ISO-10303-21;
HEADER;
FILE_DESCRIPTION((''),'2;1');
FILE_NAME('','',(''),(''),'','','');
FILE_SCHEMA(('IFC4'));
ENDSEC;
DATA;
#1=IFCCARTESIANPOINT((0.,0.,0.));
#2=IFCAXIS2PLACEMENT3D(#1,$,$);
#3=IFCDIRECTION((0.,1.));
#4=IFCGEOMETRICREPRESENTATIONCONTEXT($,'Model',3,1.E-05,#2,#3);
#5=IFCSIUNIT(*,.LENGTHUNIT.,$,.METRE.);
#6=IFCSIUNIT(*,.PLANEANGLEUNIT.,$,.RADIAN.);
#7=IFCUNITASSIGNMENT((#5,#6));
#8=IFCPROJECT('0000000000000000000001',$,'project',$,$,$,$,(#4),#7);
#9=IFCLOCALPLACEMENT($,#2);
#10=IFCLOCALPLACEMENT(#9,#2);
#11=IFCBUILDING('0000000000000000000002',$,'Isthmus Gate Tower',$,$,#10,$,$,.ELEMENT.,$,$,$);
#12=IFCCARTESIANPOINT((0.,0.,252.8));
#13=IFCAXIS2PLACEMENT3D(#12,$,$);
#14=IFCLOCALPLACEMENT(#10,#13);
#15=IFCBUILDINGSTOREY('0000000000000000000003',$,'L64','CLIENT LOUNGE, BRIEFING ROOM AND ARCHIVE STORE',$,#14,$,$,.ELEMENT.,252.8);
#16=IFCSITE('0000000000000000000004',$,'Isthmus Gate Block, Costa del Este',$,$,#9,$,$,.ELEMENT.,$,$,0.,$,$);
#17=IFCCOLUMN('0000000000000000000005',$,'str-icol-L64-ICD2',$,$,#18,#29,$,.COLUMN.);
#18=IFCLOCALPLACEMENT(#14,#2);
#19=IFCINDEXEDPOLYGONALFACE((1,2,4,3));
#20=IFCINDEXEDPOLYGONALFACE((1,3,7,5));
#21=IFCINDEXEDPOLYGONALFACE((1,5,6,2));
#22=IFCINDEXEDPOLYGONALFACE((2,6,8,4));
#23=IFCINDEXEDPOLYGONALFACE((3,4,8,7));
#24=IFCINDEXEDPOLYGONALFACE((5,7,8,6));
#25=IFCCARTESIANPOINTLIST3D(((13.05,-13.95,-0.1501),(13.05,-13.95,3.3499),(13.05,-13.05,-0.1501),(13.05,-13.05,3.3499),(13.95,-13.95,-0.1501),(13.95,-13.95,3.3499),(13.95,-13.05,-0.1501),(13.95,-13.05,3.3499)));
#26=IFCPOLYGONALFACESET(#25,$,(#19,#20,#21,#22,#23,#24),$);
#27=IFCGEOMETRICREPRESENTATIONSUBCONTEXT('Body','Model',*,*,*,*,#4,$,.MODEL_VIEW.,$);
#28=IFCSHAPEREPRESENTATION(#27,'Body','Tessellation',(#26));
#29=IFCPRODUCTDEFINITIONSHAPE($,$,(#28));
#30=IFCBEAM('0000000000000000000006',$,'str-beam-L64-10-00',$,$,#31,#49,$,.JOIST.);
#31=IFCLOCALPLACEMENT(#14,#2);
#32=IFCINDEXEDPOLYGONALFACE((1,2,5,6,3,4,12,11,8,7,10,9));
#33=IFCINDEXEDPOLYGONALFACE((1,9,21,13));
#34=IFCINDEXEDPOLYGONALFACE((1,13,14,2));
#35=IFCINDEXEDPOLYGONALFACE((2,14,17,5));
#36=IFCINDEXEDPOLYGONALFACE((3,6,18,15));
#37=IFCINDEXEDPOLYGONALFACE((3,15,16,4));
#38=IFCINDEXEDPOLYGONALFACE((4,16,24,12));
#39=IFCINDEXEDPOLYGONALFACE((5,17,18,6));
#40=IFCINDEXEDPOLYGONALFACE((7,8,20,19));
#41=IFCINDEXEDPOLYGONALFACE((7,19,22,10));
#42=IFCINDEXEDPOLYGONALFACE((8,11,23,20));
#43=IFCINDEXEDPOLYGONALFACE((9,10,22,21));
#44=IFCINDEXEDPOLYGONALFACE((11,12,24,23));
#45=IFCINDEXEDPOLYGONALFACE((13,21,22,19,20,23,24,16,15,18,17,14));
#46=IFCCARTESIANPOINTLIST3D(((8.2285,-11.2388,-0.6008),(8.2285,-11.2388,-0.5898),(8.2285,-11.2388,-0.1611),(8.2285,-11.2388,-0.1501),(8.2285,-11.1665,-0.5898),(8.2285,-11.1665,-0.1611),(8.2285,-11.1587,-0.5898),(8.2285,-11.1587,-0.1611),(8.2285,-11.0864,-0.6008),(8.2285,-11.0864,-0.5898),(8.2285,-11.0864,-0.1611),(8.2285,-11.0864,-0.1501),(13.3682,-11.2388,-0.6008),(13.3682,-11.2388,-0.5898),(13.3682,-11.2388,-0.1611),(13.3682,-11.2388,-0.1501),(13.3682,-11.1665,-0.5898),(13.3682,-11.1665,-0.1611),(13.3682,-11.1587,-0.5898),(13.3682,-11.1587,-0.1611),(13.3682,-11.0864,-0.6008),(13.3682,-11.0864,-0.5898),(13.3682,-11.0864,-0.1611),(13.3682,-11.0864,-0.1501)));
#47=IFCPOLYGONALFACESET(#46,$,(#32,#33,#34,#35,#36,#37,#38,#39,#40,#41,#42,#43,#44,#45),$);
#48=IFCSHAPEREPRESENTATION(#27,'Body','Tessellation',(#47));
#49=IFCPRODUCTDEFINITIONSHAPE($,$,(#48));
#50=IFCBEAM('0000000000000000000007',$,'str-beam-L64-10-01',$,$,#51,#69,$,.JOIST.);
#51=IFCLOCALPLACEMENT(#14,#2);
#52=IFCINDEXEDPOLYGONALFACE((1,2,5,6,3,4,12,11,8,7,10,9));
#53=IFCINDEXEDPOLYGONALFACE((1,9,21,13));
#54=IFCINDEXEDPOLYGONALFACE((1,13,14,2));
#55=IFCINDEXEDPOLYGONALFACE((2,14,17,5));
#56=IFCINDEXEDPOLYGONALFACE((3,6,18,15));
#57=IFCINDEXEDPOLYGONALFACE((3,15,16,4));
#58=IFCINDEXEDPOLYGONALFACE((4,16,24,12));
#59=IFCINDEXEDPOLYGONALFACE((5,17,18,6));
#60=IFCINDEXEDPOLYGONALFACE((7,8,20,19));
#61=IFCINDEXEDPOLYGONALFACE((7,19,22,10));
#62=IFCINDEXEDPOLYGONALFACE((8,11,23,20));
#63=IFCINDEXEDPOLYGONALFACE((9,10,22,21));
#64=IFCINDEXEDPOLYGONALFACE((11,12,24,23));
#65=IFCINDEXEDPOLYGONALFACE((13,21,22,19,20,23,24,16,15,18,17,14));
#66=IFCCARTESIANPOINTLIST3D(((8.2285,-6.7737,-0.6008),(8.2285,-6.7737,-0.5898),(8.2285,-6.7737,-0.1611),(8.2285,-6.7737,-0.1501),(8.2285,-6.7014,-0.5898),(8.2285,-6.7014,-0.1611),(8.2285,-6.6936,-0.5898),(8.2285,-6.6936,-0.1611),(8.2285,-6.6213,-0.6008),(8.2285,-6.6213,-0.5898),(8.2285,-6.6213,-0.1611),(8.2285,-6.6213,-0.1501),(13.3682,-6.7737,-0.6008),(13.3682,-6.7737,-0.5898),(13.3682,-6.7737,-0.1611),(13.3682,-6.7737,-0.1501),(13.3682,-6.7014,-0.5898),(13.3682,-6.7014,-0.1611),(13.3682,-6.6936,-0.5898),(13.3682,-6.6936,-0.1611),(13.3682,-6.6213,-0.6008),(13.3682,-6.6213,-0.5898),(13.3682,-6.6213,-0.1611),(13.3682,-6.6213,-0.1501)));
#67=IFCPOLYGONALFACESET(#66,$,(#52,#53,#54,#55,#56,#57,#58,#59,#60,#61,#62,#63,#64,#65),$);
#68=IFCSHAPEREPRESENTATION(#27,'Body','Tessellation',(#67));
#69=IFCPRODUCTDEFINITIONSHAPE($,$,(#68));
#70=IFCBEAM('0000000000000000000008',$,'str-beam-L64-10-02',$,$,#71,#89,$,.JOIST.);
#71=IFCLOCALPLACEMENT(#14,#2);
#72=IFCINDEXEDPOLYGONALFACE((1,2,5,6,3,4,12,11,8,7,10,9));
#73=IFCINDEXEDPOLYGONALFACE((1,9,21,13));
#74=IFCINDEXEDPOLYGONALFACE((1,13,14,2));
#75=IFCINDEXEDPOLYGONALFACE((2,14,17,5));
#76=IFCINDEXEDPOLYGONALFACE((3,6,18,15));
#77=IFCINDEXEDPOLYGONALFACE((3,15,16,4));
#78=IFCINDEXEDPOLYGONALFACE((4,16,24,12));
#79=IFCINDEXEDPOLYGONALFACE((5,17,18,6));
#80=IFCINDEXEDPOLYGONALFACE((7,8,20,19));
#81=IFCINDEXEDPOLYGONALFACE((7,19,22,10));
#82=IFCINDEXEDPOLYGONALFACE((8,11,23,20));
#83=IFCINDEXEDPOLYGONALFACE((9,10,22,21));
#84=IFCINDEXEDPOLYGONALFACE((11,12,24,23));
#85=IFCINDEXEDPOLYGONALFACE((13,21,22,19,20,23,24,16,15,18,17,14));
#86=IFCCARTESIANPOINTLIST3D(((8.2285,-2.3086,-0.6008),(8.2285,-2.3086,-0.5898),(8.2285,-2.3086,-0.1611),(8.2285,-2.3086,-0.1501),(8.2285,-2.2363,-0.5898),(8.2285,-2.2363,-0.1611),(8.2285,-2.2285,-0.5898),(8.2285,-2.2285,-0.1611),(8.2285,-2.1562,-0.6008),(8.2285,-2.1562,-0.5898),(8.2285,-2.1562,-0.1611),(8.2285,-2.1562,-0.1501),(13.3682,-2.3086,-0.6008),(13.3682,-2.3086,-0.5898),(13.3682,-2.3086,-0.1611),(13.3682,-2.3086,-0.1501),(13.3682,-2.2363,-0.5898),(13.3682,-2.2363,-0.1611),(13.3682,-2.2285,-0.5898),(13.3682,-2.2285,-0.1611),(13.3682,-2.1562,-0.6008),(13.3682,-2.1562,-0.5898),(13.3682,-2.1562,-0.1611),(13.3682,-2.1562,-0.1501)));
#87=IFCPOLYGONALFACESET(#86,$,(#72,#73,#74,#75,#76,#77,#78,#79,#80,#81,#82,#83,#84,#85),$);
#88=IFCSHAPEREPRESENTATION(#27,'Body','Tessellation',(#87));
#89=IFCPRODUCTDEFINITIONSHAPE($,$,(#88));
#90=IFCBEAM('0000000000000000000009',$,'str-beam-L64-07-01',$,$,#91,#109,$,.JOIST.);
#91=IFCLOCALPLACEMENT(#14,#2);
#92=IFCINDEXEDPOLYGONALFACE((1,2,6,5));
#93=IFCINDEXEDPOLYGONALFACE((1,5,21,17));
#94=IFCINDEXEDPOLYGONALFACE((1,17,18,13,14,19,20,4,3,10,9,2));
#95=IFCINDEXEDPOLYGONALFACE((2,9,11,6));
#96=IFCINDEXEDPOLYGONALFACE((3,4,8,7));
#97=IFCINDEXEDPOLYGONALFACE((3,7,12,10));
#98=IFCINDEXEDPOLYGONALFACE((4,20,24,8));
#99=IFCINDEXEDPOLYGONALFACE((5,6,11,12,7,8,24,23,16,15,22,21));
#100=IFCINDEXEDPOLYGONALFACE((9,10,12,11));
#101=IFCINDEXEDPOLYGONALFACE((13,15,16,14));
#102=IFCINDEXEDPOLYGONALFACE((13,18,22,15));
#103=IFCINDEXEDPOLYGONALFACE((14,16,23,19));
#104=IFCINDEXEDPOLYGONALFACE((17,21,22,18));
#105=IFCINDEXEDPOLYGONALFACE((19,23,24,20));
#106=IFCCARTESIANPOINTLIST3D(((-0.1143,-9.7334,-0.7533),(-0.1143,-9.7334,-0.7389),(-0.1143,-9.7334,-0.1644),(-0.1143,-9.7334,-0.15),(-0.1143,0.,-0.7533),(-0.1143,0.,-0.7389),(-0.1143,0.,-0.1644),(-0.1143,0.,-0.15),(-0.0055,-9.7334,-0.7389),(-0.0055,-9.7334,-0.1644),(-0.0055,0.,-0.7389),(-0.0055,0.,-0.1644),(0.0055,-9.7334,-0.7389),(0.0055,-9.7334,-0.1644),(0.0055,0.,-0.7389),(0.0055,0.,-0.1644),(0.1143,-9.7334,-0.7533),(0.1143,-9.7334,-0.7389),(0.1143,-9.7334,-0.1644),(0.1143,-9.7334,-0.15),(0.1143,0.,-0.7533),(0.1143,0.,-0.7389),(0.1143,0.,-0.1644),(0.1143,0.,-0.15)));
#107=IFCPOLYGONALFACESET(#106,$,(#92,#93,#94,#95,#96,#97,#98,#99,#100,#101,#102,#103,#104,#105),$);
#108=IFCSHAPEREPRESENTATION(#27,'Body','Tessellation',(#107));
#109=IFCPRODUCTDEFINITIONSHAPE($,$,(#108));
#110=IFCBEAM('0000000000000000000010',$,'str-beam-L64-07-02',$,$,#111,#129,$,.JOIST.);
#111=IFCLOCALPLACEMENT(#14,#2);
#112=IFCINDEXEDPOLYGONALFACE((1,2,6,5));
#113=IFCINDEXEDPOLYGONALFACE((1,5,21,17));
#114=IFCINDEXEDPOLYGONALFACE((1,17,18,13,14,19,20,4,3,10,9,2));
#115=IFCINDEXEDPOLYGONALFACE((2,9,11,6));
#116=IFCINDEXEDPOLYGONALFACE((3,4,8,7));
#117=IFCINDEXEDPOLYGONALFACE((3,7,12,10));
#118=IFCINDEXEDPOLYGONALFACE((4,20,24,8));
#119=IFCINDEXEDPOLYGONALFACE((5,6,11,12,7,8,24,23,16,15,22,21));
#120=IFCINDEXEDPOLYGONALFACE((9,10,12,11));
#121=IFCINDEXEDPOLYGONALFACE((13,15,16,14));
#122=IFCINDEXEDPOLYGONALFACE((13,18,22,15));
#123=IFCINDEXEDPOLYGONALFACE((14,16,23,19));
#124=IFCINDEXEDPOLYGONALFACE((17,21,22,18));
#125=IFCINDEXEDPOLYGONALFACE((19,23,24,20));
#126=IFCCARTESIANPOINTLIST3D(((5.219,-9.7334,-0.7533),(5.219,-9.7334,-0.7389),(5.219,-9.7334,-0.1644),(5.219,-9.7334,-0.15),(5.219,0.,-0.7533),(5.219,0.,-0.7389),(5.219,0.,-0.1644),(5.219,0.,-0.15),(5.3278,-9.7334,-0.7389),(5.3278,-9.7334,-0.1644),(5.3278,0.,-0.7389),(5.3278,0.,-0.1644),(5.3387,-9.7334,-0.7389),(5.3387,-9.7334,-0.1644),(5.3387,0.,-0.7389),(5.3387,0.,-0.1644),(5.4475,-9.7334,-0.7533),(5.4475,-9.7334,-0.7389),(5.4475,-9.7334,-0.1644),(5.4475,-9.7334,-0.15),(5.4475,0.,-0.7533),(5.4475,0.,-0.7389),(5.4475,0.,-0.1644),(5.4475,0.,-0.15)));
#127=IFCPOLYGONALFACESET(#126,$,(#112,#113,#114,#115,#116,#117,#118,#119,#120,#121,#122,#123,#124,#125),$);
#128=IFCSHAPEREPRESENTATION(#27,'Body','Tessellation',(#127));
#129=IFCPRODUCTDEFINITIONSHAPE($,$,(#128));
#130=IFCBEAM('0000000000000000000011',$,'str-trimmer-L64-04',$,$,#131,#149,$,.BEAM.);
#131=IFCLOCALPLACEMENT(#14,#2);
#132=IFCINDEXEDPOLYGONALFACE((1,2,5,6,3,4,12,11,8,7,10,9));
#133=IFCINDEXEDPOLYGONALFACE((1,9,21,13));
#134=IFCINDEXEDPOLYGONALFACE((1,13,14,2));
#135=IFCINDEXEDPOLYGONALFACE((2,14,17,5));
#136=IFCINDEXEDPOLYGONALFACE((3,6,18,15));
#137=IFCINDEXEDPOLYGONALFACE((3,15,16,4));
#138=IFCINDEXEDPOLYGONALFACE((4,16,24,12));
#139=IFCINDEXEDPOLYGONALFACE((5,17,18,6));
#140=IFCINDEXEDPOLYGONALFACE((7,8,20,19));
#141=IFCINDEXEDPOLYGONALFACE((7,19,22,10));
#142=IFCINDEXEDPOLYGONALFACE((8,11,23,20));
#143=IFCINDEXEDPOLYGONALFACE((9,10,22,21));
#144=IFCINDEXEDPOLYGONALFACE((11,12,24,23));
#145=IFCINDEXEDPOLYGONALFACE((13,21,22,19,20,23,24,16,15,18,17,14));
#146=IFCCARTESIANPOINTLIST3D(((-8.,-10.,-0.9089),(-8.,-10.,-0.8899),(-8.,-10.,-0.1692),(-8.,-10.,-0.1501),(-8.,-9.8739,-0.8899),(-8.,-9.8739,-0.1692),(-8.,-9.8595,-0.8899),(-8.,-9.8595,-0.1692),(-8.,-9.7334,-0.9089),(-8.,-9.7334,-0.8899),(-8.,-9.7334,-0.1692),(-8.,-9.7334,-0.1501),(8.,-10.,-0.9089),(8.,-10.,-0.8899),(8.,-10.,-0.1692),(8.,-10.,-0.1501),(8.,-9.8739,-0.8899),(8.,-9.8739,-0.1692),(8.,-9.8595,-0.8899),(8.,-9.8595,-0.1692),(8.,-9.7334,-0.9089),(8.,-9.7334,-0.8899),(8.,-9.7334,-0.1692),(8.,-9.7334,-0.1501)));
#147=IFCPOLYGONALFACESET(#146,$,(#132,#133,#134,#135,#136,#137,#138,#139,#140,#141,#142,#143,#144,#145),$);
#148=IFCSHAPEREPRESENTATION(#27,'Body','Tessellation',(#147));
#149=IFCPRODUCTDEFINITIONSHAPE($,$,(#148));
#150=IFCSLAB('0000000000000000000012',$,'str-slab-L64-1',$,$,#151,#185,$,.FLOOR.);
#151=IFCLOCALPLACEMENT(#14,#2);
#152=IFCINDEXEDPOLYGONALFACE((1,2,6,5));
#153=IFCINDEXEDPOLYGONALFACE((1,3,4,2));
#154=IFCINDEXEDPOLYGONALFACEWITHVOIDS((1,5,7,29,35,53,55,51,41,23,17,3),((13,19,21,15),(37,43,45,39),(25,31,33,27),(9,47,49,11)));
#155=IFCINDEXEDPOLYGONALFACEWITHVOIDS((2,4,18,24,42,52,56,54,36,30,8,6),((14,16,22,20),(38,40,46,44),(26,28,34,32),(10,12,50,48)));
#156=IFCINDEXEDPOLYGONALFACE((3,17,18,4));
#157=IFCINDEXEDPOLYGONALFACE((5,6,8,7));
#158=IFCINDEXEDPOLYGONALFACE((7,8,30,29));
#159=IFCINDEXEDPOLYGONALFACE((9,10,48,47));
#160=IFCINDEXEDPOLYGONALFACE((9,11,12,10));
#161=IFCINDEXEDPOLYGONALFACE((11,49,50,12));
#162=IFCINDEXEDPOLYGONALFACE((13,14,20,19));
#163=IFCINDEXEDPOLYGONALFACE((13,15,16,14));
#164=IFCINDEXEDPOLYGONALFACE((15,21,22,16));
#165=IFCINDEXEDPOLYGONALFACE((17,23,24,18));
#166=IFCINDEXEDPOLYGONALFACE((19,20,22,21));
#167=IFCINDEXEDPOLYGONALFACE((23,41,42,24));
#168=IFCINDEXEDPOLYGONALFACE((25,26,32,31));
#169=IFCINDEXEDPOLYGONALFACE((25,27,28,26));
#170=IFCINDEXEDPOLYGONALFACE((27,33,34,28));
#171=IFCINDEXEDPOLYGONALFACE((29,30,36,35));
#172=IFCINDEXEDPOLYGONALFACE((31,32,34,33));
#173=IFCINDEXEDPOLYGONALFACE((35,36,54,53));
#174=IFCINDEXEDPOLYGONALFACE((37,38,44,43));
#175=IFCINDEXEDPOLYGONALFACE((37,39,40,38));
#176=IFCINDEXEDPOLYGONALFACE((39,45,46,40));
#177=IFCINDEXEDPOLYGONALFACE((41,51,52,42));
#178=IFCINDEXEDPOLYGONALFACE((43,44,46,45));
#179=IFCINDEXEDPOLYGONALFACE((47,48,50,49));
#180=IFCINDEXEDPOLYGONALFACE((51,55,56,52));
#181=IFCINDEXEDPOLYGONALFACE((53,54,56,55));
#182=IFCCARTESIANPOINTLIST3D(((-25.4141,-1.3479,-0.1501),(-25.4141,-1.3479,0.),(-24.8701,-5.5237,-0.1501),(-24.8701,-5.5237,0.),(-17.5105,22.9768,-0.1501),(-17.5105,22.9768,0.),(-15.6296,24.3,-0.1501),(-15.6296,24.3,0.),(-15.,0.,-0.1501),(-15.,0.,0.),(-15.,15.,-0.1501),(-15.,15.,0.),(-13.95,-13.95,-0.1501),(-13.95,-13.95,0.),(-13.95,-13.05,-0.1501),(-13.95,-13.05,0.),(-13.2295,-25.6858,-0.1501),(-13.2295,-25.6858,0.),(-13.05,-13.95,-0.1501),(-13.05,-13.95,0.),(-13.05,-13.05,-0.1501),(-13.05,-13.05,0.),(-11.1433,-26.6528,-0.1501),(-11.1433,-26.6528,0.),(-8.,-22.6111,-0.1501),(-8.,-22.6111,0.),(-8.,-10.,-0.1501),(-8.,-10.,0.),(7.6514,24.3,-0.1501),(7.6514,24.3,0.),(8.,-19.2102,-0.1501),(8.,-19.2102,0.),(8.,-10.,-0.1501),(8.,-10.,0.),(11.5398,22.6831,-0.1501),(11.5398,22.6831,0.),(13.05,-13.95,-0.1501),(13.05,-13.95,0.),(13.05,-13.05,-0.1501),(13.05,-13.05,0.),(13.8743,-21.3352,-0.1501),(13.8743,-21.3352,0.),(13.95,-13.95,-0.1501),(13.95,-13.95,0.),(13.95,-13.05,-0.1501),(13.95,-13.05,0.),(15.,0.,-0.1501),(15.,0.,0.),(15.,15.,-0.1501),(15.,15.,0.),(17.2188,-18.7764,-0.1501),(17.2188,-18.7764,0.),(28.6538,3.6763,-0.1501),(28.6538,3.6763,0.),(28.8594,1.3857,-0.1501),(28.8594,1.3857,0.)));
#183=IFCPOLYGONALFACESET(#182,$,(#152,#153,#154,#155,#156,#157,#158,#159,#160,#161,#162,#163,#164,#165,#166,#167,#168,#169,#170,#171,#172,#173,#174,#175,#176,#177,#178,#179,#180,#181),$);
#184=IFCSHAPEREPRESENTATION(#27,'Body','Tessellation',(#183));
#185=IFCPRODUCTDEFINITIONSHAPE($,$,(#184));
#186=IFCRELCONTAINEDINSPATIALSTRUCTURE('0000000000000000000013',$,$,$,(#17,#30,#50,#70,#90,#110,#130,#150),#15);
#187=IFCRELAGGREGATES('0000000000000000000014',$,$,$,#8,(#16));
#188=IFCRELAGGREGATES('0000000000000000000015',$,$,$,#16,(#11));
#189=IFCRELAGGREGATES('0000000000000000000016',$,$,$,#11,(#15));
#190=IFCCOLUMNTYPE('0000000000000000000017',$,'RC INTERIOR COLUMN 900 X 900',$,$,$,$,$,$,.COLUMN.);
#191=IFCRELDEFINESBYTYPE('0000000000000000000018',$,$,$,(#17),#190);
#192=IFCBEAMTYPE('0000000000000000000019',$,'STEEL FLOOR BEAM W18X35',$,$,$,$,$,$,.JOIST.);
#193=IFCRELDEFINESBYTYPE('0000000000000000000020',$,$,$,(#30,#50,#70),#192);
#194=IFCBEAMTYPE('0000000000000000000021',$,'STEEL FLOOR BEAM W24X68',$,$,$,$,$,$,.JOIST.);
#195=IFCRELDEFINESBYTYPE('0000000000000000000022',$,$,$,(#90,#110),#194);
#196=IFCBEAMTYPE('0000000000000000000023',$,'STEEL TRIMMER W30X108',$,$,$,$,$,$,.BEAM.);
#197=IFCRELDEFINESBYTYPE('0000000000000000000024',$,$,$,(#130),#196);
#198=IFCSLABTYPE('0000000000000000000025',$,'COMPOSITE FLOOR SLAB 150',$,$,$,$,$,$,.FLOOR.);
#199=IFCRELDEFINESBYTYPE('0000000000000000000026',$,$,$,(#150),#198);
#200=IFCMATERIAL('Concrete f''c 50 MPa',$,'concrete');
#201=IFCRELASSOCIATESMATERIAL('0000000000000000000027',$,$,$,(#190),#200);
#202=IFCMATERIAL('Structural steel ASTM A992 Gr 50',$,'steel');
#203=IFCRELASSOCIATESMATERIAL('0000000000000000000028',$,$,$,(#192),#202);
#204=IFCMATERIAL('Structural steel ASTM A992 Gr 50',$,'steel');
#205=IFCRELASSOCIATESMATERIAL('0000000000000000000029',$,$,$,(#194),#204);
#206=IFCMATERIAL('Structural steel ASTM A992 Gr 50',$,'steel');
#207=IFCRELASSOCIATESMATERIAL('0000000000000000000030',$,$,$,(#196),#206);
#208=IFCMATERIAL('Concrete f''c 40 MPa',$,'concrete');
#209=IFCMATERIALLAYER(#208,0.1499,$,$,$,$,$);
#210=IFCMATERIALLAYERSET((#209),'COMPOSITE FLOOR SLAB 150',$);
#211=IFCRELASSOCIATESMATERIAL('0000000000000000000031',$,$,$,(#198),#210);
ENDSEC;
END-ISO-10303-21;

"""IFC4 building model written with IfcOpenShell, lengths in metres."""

from ifc_helpers import new_model, si_unit, direction, frame, origin, origin_2d, place, context, subcontext, project, spatial, polyline, rectangle, i_section, outline, extrude, material, layer, layer_set, material_profile, profile_set, type_object, element, save


model = new_model("IFC4")

# Units and contexts
model_context = context("Model", 3, precision=1e-05, world=origin(), true_north=direction((0.0, 1.0)))
body_context = subcontext(model_context, "Body", "Model", "MODEL_VIEW")
ifc_project = project(units=[si_unit("LENGTHUNIT", "METRE"), si_unit("PLANEANGLEUNIT", "RADIAN")], contexts=[model_context])

# Site, building, storey
site_placement = place(None, origin())
site = spatial("IfcSite", under=ifc_project, at=site_placement, Name="Isthmus Gate Block, Costa del Este", CompositionType="ELEMENT", RefElevation=0.0)
building_placement = place(site_placement, origin())
building = spatial("IfcBuilding", under=site, at=building_placement, Name="Isthmus Gate Tower", CompositionType="ELEMENT")
storey_placement = place(building_placement, frame((0.0, 0.0, 252.8)))
storey = spatial("IfcBuildingStorey", under=building, at=storey_placement, Name="L64", Description="CLIENT LOUNGE, BRIEFING ROOM AND ARCHIVE STORE", CompositionType="ELEMENT", Elevation=252.8)

# Column
ifc_material_1 = material(Name="Concrete f'c 50 MPa", Category="concrete")
ifc_material_profile_1 = material_profile(ifc_material_1, rectangle(XDim=0.8999, YDim=0.8999, at=origin_2d()), Name="RC 900X900")
ifc_profile_set_1 = profile_set([ifc_material_profile_1], Name="Concrete f'c 50 MPa")
column_type = type_object("IfcColumnType", Name="RC INTERIOR COLUMN 900 X 900", PredefinedType="COLUMN", material=ifc_profile_set_1)
column_placement = place(storey_placement, frame((13.5, -13.5, -0.1501), z_axis=(0.0, 0.0, 1.0), x_axis=(1.0, 0.0, 0.0)))
element("IfcColumn", 1, at=column_placement, inside=storey, type_object=column_type, Name="str-icol-L64-ICD2", PredefinedType="COLUMN", context=body_context, shape_type="SweptSolid", body=[
    extrude(rectangle(XDim=0.8999, YDim=0.8999, at=origin_2d()), origin(), (0.0, 0.0, 1.0), 3.5),
])

# Beams
ifc_material_2 = material(Name="Structural steel ASTM A992 Gr 50", Category="steel")
ifc_material_profile_2 = material_profile(ifc_material_2, i_section(OverallWidth=0.1523, OverallDepth=0.4507, WebThickness=0.0078, FlangeThickness=0.011, at=origin_2d()), Name="W18X35")
ifc_profile_set_2 = profile_set([ifc_material_profile_2], Name="Structural steel ASTM A992 Gr 50")
beam_type_1 = type_object("IfcBeamType", Name="STEEL FLOOR BEAM W18X35", PredefinedType="JOIST", material=ifc_profile_set_2)
for number, where, z_axis, x_axis, name in (
    (2, (8.2285, -11.1626, -0.3755), (1.0, 0.0, 0.0), (0.0, 1.0, 0.0), "str-beam-L64-10-00"),
    (3, (8.2285, -6.6975, -0.3755), (1.0, 0.0, 0.0), (0.0, 1.0, 0.0), "str-beam-L64-10-01"),
    (4, (8.2285, -2.2324, -0.3755), (1.0, 0.0, 0.0), (0.0, 1.0, 0.0), "str-beam-L64-10-02"),
):
    element("IfcBeam", number, at=place(storey_placement, frame(where, z_axis=z_axis, x_axis=x_axis)), inside=storey, type_object=beam_type_1, Name=name, PredefinedType="JOIST", context=body_context, shape_type="SweptSolid", body=[
        extrude(i_section(OverallWidth=0.1523, OverallDepth=0.4507, WebThickness=0.0078, FlangeThickness=0.011, at=origin_2d()), origin(), (0.0, 0.0, 1.0), 5.1396),
    ])
ifc_material_3 = material(Name="Structural steel ASTM A992 Gr 50", Category="steel")
ifc_material_profile_3 = material_profile(ifc_material_3, i_section(OverallWidth=0.2285, OverallDepth=0.6033, WebThickness=0.011, FlangeThickness=0.0144, at=origin_2d()), Name="W24X68")
ifc_profile_set_3 = profile_set([ifc_material_profile_3], Name="Structural steel ASTM A992 Gr 50")
beam_type_2 = type_object("IfcBeamType", Name="STEEL FLOOR BEAM W24X68", PredefinedType="JOIST", material=ifc_profile_set_3)
for number, where, z_axis, x_axis, name in (
    (5, (0.0, -9.7334, -0.4517), (0.0, 1.0, 0.0), (-1.0, 0.0, 0.0), "str-beam-L64-07-01"),
    (6, (5.3333, -9.7334, -0.4517), (0.0, 1.0, 0.0), (-1.0, 0.0, 0.0), "str-beam-L64-07-02"),
):
    element("IfcBeam", number, at=place(storey_placement, frame(where, z_axis=z_axis, x_axis=x_axis)), inside=storey, type_object=beam_type_2, Name=name, PredefinedType="JOIST", context=body_context, shape_type="SweptSolid", body=[
        extrude(i_section(OverallWidth=0.2285, OverallDepth=0.6033, WebThickness=0.011, FlangeThickness=0.0144, at=origin_2d()), origin(), (0.0, 0.0, 1.0), 9.7334),
    ])
ifc_material_4 = material(Name="Structural steel ASTM A992 Gr 50", Category="steel")
ifc_material_profile_4 = material_profile(ifc_material_4, i_section(OverallWidth=0.2666, OverallDepth=0.7588, WebThickness=0.0144, FlangeThickness=0.019, at=origin_2d()), Name="W30X108")
ifc_profile_set_4 = profile_set([ifc_material_profile_4], Name="Structural steel ASTM A992 Gr 50")
beam_type_3 = type_object("IfcBeamType", Name="STEEL TRIMMER W30X108", PredefinedType="BEAM", material=ifc_profile_set_4)
beam_placement = place(storey_placement, frame((8.0, -9.8667, -0.5295), z_axis=(-1.0, 0.0, 0.0), x_axis=(0.0, -1.0, 0.0)))
element("IfcBeam", 7, at=beam_placement, inside=storey, type_object=beam_type_3, Name="str-trimmer-L64-04", PredefinedType="BEAM", context=body_context, shape_type="SweptSolid", body=[
    extrude(i_section(OverallWidth=0.2666, OverallDepth=0.7588, WebThickness=0.0144, FlangeThickness=0.019, at=origin_2d()), origin(), (0.0, 0.0, 1.0), 16.0),
])

# Slab
ifc_material_5 = material(Name="Concrete f'c 40 MPa", Category="concrete")
ifc_layer_1 = layer(ifc_material_5, 0.1499)
ifc_layer_set_1 = layer_set([ifc_layer_1], Name="COMPOSITE FLOOR SLAB 150")
slab_type_1 = type_object("IfcSlabType", Name="COMPOSITE FLOOR SLAB 150", PredefinedType="FLOOR", material=ifc_layer_set_1)
slab_1_placement = place(storey_placement, frame((0.0, 0.0, -0.1501)))
element("IfcSlab", 8, at=slab_1_placement, inside=storey, type_object=slab_type_1, Name="str-slab-L64-1", PredefinedType="FLOOR", context=body_context, shape_type="SweptSolid", body=[
    extrude(outline(polyline([(11.5398, 22.6831), (28.6538, 3.6763), (28.8594, 1.3857), (17.2188, -18.7764), (13.8743, -21.3352), (-11.1433, -26.6528), (-13.2295, -25.6858), (-24.8701, -5.5237), (-25.4141, -1.3479), (-17.5105, 22.9768), (-15.6296, 24.3), (7.6514, 24.3), (11.5398, 22.6831)]), holes=[polyline([(-8.0, -10.0), (-8.0, -22.6111), (8.0, -19.2102), (8.0, -10.0), (-8.0, -10.0)]), polyline([(-13.95, -13.05), (-13.95, -13.95), (-13.05, -13.95), (-13.05, -13.05), (-13.95, -13.05)]), polyline([(13.05, -13.05), (13.05, -13.95), (13.95, -13.95), (13.95, -13.05), (13.05, -13.05)]), polyline([(-15.0, 0.0), (15.0, 0.0), (15.0, 15.0), (-15.0, 15.0), (-15.0, 0.0)])]), origin(), (0.0, 0.0, 1.0), 0.1501),
])

save(model, "model.ifc")
